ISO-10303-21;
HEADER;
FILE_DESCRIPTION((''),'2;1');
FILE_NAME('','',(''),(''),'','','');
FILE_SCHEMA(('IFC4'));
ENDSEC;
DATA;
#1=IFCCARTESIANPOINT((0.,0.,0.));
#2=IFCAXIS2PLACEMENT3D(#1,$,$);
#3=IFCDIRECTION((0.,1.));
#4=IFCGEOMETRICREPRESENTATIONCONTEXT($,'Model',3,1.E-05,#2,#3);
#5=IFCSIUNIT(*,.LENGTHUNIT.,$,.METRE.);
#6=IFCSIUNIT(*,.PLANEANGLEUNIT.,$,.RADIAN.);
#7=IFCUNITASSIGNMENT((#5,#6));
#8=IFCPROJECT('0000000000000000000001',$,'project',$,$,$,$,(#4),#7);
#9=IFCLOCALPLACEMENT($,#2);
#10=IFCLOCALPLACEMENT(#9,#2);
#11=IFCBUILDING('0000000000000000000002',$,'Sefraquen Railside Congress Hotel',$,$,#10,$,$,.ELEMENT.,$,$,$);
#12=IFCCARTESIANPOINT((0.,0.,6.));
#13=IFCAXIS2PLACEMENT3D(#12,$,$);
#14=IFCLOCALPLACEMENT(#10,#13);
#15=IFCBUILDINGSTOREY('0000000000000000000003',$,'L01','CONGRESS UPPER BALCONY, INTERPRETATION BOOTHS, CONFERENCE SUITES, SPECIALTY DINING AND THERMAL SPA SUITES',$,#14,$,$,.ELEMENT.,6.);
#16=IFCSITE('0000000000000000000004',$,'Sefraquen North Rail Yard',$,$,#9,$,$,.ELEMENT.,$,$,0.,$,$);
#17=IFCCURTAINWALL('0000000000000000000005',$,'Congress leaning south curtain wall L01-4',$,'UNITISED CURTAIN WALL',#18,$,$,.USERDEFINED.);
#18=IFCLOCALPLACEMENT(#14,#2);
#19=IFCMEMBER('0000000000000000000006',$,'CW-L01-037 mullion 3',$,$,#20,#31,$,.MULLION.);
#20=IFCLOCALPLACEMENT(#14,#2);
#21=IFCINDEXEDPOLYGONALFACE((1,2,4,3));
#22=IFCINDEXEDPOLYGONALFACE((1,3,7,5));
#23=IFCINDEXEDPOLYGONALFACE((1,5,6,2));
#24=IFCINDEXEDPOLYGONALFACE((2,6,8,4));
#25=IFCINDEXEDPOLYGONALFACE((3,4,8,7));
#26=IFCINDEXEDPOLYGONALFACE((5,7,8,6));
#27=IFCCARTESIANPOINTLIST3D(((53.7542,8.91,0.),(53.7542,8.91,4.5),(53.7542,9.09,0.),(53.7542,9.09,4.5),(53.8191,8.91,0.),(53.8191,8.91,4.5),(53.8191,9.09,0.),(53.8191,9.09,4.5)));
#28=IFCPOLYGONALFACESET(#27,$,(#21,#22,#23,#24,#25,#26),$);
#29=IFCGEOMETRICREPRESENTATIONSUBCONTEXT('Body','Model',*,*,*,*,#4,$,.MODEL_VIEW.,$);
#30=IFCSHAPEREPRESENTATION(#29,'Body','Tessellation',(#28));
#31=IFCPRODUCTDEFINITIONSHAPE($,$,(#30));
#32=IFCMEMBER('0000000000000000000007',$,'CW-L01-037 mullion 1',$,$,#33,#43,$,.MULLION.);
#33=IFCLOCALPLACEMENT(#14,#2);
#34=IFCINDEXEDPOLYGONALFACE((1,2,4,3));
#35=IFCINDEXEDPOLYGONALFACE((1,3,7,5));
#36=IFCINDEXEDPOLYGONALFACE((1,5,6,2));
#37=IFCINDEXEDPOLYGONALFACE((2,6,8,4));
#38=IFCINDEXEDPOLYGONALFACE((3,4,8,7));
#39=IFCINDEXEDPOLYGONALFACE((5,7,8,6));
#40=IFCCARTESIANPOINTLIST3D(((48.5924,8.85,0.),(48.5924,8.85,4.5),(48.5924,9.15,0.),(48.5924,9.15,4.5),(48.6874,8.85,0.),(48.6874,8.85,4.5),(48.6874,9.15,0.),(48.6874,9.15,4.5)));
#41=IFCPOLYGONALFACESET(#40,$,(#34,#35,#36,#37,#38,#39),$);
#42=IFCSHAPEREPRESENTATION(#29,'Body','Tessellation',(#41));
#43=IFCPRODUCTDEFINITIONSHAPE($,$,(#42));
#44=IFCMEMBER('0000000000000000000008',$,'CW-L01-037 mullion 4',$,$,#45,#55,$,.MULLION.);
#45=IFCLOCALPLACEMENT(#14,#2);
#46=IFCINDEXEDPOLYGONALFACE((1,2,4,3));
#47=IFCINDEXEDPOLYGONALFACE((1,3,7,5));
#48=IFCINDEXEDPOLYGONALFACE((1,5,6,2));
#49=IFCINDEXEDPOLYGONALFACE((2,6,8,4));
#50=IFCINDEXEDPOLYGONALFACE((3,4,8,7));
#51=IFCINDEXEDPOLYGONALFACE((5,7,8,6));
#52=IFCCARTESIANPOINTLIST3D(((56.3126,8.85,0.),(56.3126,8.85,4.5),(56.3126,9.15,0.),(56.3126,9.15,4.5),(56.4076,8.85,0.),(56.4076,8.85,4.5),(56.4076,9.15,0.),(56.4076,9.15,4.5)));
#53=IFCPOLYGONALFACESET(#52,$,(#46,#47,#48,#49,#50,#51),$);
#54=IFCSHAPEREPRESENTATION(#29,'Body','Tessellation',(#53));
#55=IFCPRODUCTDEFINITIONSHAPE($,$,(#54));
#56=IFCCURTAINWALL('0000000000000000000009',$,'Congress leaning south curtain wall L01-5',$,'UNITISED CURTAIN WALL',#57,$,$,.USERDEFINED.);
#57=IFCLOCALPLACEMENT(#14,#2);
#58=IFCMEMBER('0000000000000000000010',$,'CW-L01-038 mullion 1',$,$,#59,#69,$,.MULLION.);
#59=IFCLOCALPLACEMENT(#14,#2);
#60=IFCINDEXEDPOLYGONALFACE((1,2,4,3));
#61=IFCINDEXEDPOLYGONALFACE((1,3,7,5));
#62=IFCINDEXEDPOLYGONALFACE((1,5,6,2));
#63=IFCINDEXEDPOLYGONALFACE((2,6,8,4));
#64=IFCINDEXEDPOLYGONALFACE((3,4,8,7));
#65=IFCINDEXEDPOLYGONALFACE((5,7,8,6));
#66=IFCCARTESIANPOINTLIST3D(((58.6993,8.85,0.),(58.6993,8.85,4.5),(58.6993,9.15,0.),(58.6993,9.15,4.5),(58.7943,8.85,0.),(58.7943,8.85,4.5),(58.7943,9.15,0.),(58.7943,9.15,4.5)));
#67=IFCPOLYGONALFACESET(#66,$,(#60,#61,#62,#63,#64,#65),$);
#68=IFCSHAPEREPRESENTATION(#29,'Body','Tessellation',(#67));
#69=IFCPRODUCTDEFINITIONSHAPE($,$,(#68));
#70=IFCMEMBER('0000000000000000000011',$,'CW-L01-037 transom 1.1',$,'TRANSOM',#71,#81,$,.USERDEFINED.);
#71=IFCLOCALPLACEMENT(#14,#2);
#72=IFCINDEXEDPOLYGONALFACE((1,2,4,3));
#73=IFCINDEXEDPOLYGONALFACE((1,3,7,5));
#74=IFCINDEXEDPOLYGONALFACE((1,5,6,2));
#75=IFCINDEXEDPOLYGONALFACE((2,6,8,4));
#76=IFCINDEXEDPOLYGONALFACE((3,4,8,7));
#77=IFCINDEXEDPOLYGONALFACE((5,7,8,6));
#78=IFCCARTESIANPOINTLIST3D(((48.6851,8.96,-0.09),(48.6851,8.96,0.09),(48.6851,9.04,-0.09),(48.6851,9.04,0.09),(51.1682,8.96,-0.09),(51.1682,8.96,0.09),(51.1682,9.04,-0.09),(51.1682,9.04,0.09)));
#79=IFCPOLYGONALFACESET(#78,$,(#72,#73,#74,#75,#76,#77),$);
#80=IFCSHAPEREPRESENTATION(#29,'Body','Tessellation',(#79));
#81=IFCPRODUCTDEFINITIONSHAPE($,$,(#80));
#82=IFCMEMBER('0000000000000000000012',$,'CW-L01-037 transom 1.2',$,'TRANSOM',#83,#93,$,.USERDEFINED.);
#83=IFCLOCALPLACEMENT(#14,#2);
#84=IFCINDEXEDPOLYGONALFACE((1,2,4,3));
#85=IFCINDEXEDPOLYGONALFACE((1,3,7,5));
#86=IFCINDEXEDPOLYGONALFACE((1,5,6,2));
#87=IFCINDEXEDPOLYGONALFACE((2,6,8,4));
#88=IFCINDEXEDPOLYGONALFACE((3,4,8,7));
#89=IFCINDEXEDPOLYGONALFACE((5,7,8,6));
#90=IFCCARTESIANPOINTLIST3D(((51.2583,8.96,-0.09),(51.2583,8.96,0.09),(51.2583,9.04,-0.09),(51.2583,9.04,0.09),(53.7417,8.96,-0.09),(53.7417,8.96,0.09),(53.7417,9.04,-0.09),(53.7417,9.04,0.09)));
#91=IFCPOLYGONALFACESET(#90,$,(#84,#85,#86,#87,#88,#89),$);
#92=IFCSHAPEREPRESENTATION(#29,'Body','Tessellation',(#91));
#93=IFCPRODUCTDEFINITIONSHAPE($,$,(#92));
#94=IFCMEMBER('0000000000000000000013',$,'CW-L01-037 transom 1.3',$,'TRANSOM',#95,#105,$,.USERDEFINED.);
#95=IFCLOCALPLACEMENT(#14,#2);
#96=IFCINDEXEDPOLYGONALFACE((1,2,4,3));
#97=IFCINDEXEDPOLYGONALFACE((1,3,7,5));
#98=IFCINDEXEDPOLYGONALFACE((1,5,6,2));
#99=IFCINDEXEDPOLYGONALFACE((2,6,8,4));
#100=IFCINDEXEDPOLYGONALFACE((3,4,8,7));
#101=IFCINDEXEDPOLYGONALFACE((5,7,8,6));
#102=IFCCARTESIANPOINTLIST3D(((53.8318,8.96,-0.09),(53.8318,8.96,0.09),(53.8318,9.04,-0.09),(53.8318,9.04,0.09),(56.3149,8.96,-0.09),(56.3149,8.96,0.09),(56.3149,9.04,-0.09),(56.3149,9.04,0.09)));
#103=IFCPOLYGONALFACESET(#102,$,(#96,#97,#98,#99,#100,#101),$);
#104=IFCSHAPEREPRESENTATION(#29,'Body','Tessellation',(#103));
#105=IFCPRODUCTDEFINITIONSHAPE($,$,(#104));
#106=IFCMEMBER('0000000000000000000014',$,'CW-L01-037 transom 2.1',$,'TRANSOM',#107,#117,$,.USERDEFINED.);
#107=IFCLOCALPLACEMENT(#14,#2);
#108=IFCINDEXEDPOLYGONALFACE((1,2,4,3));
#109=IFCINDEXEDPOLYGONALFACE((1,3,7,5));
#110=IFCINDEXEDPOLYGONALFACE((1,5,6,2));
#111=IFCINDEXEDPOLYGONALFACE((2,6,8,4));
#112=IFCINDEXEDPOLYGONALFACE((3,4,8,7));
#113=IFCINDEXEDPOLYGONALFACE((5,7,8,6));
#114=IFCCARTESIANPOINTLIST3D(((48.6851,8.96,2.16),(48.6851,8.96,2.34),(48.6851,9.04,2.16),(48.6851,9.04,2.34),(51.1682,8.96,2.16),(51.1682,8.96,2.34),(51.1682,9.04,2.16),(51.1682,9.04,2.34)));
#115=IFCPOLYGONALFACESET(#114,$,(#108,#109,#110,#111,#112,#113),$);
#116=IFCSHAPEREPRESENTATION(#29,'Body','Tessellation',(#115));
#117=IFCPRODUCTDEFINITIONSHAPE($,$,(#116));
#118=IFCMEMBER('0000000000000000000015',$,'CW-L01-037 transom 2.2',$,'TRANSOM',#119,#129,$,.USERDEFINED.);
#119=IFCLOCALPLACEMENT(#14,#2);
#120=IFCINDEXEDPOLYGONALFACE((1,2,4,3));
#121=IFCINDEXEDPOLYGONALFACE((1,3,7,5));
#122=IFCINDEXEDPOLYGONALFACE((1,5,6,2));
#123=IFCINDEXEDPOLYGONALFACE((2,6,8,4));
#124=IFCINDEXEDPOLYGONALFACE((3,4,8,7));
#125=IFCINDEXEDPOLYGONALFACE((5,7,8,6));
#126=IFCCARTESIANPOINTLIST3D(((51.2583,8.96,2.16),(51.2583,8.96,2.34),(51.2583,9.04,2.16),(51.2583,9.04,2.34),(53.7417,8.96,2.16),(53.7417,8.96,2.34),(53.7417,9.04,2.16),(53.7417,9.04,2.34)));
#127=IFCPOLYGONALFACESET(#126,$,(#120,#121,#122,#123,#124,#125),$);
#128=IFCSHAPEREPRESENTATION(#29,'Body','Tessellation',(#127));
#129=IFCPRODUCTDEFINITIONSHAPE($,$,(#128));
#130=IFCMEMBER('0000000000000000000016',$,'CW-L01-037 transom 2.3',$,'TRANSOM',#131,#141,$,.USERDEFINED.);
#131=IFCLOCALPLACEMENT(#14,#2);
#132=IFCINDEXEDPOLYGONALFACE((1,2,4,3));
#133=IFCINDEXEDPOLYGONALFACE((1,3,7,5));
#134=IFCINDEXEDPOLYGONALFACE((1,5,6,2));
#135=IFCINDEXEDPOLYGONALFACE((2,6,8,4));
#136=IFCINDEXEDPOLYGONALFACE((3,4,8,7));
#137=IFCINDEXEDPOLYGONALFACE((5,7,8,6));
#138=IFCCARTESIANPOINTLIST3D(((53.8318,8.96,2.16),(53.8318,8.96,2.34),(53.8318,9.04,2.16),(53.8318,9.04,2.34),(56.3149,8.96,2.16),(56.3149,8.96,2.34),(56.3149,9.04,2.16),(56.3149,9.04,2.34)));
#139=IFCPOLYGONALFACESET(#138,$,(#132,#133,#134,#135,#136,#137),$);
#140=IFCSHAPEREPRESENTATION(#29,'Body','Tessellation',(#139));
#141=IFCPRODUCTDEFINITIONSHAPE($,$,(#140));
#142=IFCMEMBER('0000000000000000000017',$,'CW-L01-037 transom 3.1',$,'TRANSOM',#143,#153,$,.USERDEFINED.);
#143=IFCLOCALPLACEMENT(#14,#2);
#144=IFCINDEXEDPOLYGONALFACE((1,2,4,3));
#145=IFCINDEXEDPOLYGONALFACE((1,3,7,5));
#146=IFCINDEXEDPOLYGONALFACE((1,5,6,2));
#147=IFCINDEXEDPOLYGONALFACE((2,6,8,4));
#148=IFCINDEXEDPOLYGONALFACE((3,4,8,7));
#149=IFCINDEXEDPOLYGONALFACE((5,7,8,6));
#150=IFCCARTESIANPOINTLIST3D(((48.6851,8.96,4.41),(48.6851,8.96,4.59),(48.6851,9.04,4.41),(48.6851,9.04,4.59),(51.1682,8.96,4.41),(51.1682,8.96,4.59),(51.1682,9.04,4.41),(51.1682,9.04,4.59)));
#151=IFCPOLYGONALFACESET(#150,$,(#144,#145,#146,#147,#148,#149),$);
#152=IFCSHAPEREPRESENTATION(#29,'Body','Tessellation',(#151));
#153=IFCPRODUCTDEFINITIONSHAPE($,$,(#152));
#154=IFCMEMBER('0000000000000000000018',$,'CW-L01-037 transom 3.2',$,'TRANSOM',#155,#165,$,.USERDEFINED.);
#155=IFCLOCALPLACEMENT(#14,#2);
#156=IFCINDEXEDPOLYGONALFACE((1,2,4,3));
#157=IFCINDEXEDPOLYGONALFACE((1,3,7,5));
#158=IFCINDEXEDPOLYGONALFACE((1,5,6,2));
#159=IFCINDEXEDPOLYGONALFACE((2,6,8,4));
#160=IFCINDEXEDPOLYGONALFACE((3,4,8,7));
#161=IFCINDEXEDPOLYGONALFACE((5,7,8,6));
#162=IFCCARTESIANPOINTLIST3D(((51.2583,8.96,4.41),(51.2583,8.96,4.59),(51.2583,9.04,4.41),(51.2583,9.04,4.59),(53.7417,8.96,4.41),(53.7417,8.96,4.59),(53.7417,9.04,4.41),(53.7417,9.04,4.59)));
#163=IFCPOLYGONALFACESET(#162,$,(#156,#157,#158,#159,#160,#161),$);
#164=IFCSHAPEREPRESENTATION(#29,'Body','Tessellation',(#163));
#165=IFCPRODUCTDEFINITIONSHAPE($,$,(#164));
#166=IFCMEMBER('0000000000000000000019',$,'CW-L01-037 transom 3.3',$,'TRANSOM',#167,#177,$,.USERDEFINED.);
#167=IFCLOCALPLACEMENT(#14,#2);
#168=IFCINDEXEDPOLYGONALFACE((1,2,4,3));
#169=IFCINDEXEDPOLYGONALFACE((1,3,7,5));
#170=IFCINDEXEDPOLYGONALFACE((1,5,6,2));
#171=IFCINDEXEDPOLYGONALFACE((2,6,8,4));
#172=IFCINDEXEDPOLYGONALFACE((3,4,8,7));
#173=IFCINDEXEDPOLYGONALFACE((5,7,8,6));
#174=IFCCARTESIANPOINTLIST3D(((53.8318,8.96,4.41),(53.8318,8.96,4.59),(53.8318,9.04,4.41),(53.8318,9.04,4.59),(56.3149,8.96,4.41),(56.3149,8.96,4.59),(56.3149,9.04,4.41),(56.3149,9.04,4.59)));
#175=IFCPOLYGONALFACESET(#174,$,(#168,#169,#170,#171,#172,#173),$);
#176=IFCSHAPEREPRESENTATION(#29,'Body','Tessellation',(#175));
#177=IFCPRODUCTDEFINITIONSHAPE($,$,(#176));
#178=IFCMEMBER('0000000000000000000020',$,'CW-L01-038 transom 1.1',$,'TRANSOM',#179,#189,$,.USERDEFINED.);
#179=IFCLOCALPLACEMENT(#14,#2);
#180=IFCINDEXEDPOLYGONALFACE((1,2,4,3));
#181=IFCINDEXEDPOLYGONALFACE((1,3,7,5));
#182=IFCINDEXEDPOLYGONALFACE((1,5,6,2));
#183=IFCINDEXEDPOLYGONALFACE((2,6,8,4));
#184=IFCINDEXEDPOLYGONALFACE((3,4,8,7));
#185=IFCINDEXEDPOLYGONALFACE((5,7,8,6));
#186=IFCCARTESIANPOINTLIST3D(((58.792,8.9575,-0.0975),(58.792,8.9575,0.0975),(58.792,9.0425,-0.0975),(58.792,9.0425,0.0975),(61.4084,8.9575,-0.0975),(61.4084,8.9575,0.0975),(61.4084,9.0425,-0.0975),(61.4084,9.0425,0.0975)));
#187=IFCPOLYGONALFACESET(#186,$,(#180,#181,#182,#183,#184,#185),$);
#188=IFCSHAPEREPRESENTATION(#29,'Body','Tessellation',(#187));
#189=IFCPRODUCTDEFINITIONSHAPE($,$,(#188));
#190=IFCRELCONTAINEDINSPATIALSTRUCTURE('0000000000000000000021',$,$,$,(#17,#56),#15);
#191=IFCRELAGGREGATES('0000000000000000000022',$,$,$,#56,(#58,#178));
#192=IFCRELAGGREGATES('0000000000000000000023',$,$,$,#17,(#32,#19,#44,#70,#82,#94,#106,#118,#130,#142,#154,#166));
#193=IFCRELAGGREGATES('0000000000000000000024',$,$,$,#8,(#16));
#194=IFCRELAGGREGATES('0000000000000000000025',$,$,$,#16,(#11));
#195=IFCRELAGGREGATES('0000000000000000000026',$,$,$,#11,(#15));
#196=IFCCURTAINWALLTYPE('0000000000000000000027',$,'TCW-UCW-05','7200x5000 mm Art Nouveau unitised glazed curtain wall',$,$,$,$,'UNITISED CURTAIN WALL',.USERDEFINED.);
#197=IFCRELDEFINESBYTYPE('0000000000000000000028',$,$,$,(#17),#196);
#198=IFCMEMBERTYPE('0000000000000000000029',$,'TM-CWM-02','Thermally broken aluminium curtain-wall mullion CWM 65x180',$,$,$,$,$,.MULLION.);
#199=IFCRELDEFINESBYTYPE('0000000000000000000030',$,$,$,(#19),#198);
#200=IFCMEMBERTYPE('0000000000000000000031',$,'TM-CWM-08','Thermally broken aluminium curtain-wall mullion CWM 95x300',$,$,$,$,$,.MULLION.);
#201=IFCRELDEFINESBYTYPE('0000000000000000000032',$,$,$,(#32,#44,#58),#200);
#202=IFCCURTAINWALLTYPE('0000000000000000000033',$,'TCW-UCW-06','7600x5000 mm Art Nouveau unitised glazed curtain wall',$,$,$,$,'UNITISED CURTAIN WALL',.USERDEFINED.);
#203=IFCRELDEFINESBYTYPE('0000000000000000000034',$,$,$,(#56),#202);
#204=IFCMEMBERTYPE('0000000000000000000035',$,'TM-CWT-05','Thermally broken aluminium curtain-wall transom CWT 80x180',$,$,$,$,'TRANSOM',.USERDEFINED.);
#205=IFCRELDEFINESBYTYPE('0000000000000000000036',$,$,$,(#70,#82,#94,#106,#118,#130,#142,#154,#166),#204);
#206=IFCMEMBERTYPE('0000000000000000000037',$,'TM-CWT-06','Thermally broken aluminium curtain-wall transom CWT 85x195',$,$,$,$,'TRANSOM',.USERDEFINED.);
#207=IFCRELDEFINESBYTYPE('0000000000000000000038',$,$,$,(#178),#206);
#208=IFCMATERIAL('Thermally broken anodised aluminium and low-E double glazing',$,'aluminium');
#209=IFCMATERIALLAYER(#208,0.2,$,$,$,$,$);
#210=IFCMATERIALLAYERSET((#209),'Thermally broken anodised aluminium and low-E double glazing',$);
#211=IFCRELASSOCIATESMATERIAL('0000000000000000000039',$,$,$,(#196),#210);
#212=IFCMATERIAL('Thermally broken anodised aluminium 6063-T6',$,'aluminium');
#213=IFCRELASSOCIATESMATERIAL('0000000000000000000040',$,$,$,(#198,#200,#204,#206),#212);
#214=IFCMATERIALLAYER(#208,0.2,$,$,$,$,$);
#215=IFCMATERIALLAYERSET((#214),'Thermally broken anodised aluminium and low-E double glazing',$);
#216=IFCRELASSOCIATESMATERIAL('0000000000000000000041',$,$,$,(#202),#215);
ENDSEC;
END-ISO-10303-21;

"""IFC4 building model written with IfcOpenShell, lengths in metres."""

from ifc_helpers import new_model, si_unit, direction, frame, origin, origin_2d, place, context, subcontext, project, spatial, rectangle, extrude, material, layer, layer_set, material_profile, profile_set, type_object, element, aggregate, save


model = new_model("IFC4")

# Units and contexts
model_context = context("Model", 3, precision=1e-05, world=origin(), true_north=direction((0.0, 1.0)))
body_context = subcontext(model_context, "Body", "Model", "MODEL_VIEW")
ifc_project = project(units=[si_unit("LENGTHUNIT", "METRE"), si_unit("PLANEANGLEUNIT", "RADIAN")], contexts=[model_context])

# Site, building, storey
site_placement = place(None, origin())
site = spatial("IfcSite", under=ifc_project, at=site_placement, Name="Sefraquen North Rail Yard", CompositionType="ELEMENT", RefElevation=0.0)
building_placement = place(site_placement, origin())
building = spatial("IfcBuilding", under=site, at=building_placement, Name="Sefraquen Railside Congress Hotel", CompositionType="ELEMENT")
storey_placement = place(building_placement, frame((0.0, 0.0, 6.0)))
storey = spatial("IfcBuildingStorey", under=building, at=storey_placement, Name="L01", Description="CONGRESS UPPER BALCONY, INTERPRETATION BOOTHS, CONFERENCE SUITES, SPECIALTY DINING AND THERMAL SPA SUITES", CompositionType="ELEMENT", Elevation=6.0)

# Curtain wall, members
ifc_material_1 = material(Name="Thermally broken anodised aluminium and low-E double glazing", Category="aluminium")
ifc_layer_1 = layer(ifc_material_1, 0.2)
ifc_layer_set_1 = layer_set([ifc_layer_1], Name="Thermally broken anodised aluminium and low-E double glazing")
curtain_wall_type_1 = type_object("IfcCurtainWallType", Name="TCW-UCW-05", Description="7200x5000 mm Art Nouveau unitised glazed curtain wall", ElementType="UNITISED CURTAIN WALL", PredefinedType="USERDEFINED", material=ifc_layer_set_1)
curtain_wall_1_placement = place(storey_placement, origin())
curtain_wall_1 = element("IfcCurtainWall", 1, at=curtain_wall_1_placement, inside=storey, type_object=curtain_wall_type_1, Name="Congress leaning south curtain wall L01-4", ObjectType="UNITISED CURTAIN WALL", PredefinedType="USERDEFINED")
ifc_material_2 = material(Name="Thermally broken anodised aluminium 6063-T6", Category="aluminium")
ifc_material_profile_1 = material_profile(ifc_material_2, rectangle(XDim=0.0649, YDim=0.1799, at=origin_2d()), Name="CWM 65x180")
ifc_profile_set_1 = profile_set([ifc_material_profile_1], Name="Thermally broken anodised aluminium 6063-T6")
member_type_1 = type_object("IfcMemberType", Name="TM-CWM-02", Description="Thermally broken aluminium curtain-wall mullion CWM 65x180", PredefinedType="MULLION", material=ifc_profile_set_1)
member_1_placement = place(storey_placement, frame((53.7866, 9.0, 0.0), z_axis=(0.0, 0.0, 1.0), x_axis=(1.0, 0.0, 0.0)))
member_1 = element("IfcMember", 2, at=member_1_placement, type_object=member_type_1, Name="CW-L01-037 mullion 3", PredefinedType="MULLION", context=body_context, shape_type="SweptSolid", body=[
    extrude(rectangle(XDim=0.0649, YDim=0.1799, at=origin_2d()), origin(), (0.0, 0.0, 1.0), 4.5),
])
ifc_material_profile_2 = material_profile(ifc_material_2, rectangle(XDim=0.095, YDim=0.3, at=origin_2d()), Name="CWM 95x300")
ifc_profile_set_2 = profile_set([ifc_material_profile_2], Name="Thermally broken anodised aluminium 6063-T6")
member_type_2 = type_object("IfcMemberType", Name="TM-CWM-08", Description="Thermally broken aluminium curtain-wall mullion CWM 95x300", PredefinedType="MULLION", material=ifc_profile_set_2)
member_2_placement = place(storey_placement, frame((48.6399, 9.0, 0.0), z_axis=(0.0, 0.0, 1.0), x_axis=(1.0, 0.0, 0.0)))
member_2 = element("IfcMember", 3, at=member_2_placement, type_object=member_type_2, Name="CW-L01-037 mullion 1", PredefinedType="MULLION", context=body_context, shape_type="SweptSolid", body=[
    extrude(rectangle(XDim=0.095, YDim=0.3, at=origin_2d()), origin(), (0.0, 0.0, 1.0), 4.5),
])
member_3_placement = place(storey_placement, frame((56.3601, 9.0, 0.0), z_axis=(0.0, 0.0, 1.0), x_axis=(1.0, 0.0, 0.0)))
member_3 = element("IfcMember", 4, at=member_3_placement, type_object=member_type_2, Name="CW-L01-037 mullion 4", PredefinedType="MULLION", context=body_context, shape_type="SweptSolid", body=[
    extrude(rectangle(XDim=0.095, YDim=0.3, at=origin_2d()), origin(), (0.0, 0.0, 1.0), 4.5),
])

# Curtain wall, member
ifc_layer_2 = layer(ifc_material_1, 0.2)
ifc_layer_set_2 = layer_set([ifc_layer_2], Name="Thermally broken anodised aluminium and low-E double glazing")
curtain_wall_type_2 = type_object("IfcCurtainWallType", Name="TCW-UCW-06", Description="7600x5000 mm Art Nouveau unitised glazed curtain wall", ElementType="UNITISED CURTAIN WALL", PredefinedType="USERDEFINED", material=ifc_layer_set_2)
curtain_wall_2_placement = place(storey_placement, origin())
curtain_wall_2 = element("IfcCurtainWall", 5, at=curtain_wall_2_placement, inside=storey, type_object=curtain_wall_type_2, Name="Congress leaning south curtain wall L01-5", ObjectType="UNITISED CURTAIN WALL", PredefinedType="USERDEFINED")
member_4_placement = place(storey_placement, frame((58.7468, 9.0, 0.0), z_axis=(0.0, 0.0, 1.0), x_axis=(1.0, 0.0, 0.0)))
member_4 = element("IfcMember", 6, at=member_4_placement, type_object=member_type_2, Name="CW-L01-038 mullion 1", PredefinedType="MULLION", context=body_context, shape_type="SweptSolid", body=[
    extrude(rectangle(XDim=0.095, YDim=0.3, at=origin_2d()), origin(), (0.0, 0.0, 1.0), 4.5),
])

# Members
ifc_material_profile_3 = material_profile(ifc_material_2, rectangle(XDim=0.0801, YDim=0.1799, at=origin_2d()), Name="CWT 80x180")
ifc_profile_set_3 = profile_set([ifc_material_profile_3], Name="Thermally broken anodised aluminium 6063-T6")
member_type_3 = type_object("IfcMemberType", Name="TM-CWT-05", Description="Thermally broken aluminium curtain-wall transom CWT 80x180", ElementType="TRANSOM", PredefinedType="USERDEFINED", material=ifc_profile_set_3)
member_5_placement = place(storey_placement, frame((48.6851, 9.0, 0.0), z_axis=(1.0, 0.0, 0.0), x_axis=(0.0, 1.0, 0.0)))
member_5 = element("IfcMember", 7, at=member_5_placement, type_object=member_type_3, Name="CW-L01-037 transom 1.1", ObjectType="TRANSOM", PredefinedType="USERDEFINED", context=body_context, shape_type="SweptSolid", body=[
    extrude(rectangle(XDim=0.0801, YDim=0.1799, at=origin_2d()), origin(), (0.0, 0.0, 1.0), 2.4832),
])
member_6_placement = place(storey_placement, frame((51.2583, 9.0, 0.0), z_axis=(1.0, 0.0, 0.0), x_axis=(0.0, 1.0, 0.0)))
member_6 = element("IfcMember", 8, at=member_6_placement, type_object=member_type_3, Name="CW-L01-037 transom 1.2", ObjectType="TRANSOM", PredefinedType="USERDEFINED", context=body_context, shape_type="SweptSolid", body=[
    extrude(rectangle(XDim=0.0801, YDim=0.1799, at=origin_2d()), origin(), (0.0, 0.0, 1.0), 2.4834),
])
member_7_placement = place(storey_placement, frame((53.8318, 9.0, 0.0), z_axis=(1.0, 0.0, 0.0), x_axis=(0.0, 1.0, 0.0)))
member_7 = element("IfcMember", 9, at=member_7_placement, type_object=member_type_3, Name="CW-L01-037 transom 1.3", ObjectType="TRANSOM", PredefinedType="USERDEFINED", context=body_context, shape_type="SweptSolid", body=[
    extrude(rectangle(XDim=0.0801, YDim=0.1799, at=origin_2d()), origin(), (0.0, 0.0, 1.0), 2.4832),
])
member_8_placement = place(storey_placement, frame((48.6851, 9.0, 2.25), z_axis=(1.0, 0.0, 0.0), x_axis=(0.0, 1.0, 0.0)))
member_8 = element("IfcMember", 10, at=member_8_placement, type_object=member_type_3, Name="CW-L01-037 transom 2.1", ObjectType="TRANSOM", PredefinedType="USERDEFINED", context=body_context, shape_type="SweptSolid", body=[
    extrude(rectangle(XDim=0.0801, YDim=0.1799, at=origin_2d()), origin(), (0.0, 0.0, 1.0), 2.4832),
])
member_9_placement = place(storey_placement, frame((51.2583, 9.0, 2.25), z_axis=(1.0, 0.0, 0.0), x_axis=(0.0, 1.0, 0.0)))
member_9 = element("IfcMember", 11, at=member_9_placement, type_object=member_type_3, Name="CW-L01-037 transom 2.2", ObjectType="TRANSOM", PredefinedType="USERDEFINED", context=body_context, shape_type="SweptSolid", body=[
    extrude(rectangle(XDim=0.0801, YDim=0.1799, at=origin_2d()), origin(), (0.0, 0.0, 1.0), 2.4834),
])
member_10_placement = place(storey_placement, frame((53.8318, 9.0, 2.25), z_axis=(1.0, 0.0, 0.0), x_axis=(0.0, 1.0, 0.0)))
member_10 = element("IfcMember", 12, at=member_10_placement, type_object=member_type_3, Name="CW-L01-037 transom 2.3", ObjectType="TRANSOM", PredefinedType="USERDEFINED", context=body_context, shape_type="SweptSolid", body=[
    extrude(rectangle(XDim=0.0801, YDim=0.1799, at=origin_2d()), origin(), (0.0, 0.0, 1.0), 2.4832),
])
member_11_placement = place(storey_placement, frame((48.6851, 9.0, 4.5), z_axis=(1.0, 0.0, 0.0), x_axis=(0.0, 1.0, 0.0)))
member_11 = element("IfcMember", 13, at=member_11_placement, type_object=member_type_3, Name="CW-L01-037 transom 3.1", ObjectType="TRANSOM", PredefinedType="USERDEFINED", context=body_context, shape_type="SweptSolid", body=[
    extrude(rectangle(XDim=0.0801, YDim=0.1799, at=origin_2d()), origin(), (0.0, 0.0, 1.0), 2.4832),
])
member_12_placement = place(storey_placement, frame((51.2583, 9.0, 4.5), z_axis=(1.0, 0.0, 0.0), x_axis=(0.0, 1.0, 0.0)))
member_12 = element("IfcMember", 14, at=member_12_placement, type_object=member_type_3, Name="CW-L01-037 transom 3.2", ObjectType="TRANSOM", PredefinedType="USERDEFINED", context=body_context, shape_type="SweptSolid", body=[
    extrude(rectangle(XDim=0.0801, YDim=0.1799, at=origin_2d()), origin(), (0.0, 0.0, 1.0), 2.4834),
])
member_13_placement = place(storey_placement, frame((53.8318, 9.0, 4.5), z_axis=(1.0, 0.0, 0.0), x_axis=(0.0, 1.0, 0.0)))
member_13 = element("IfcMember", 15, at=member_13_placement, type_object=member_type_3, Name="CW-L01-037 transom 3.3", ObjectType="TRANSOM", PredefinedType="USERDEFINED", context=body_context, shape_type="SweptSolid", body=[
    extrude(rectangle(XDim=0.0801, YDim=0.1799, at=origin_2d()), origin(), (0.0, 0.0, 1.0), 2.4832),
])
ifc_material_profile_4 = material_profile(ifc_material_2, rectangle(XDim=0.085, YDim=0.1951, at=origin_2d()), Name="CWT 85x195")
ifc_profile_set_4 = profile_set([ifc_material_profile_4], Name="Thermally broken anodised aluminium 6063-T6")
member_type_4 = type_object("IfcMemberType", Name="TM-CWT-06", Description="Thermally broken aluminium curtain-wall transom CWT 85x195", ElementType="TRANSOM", PredefinedType="USERDEFINED", material=ifc_profile_set_4)
member_14_placement = place(storey_placement, frame((58.792, 9.0, 0.0), z_axis=(1.0, 0.0, 0.0), x_axis=(0.0, 1.0, 0.0)))
member_14 = element("IfcMember", 16, at=member_14_placement, type_object=member_type_4, Name="CW-L01-038 transom 1.1", ObjectType="TRANSOM", PredefinedType="USERDEFINED", context=body_context, shape_type="SweptSolid", body=[
    extrude(rectangle(XDim=0.085, YDim=0.1951, at=origin_2d()), origin(), (0.0, 0.0, 1.0), 2.6165),
])
aggregate(curtain_wall_2, [member_4, member_14])

aggregate(curtain_wall_1, [member_2, member_1, member_3, member_5, member_6, member_7, member_8, member_9, member_10, member_11, member_12, member_13])

save(model, "model.ifc")
